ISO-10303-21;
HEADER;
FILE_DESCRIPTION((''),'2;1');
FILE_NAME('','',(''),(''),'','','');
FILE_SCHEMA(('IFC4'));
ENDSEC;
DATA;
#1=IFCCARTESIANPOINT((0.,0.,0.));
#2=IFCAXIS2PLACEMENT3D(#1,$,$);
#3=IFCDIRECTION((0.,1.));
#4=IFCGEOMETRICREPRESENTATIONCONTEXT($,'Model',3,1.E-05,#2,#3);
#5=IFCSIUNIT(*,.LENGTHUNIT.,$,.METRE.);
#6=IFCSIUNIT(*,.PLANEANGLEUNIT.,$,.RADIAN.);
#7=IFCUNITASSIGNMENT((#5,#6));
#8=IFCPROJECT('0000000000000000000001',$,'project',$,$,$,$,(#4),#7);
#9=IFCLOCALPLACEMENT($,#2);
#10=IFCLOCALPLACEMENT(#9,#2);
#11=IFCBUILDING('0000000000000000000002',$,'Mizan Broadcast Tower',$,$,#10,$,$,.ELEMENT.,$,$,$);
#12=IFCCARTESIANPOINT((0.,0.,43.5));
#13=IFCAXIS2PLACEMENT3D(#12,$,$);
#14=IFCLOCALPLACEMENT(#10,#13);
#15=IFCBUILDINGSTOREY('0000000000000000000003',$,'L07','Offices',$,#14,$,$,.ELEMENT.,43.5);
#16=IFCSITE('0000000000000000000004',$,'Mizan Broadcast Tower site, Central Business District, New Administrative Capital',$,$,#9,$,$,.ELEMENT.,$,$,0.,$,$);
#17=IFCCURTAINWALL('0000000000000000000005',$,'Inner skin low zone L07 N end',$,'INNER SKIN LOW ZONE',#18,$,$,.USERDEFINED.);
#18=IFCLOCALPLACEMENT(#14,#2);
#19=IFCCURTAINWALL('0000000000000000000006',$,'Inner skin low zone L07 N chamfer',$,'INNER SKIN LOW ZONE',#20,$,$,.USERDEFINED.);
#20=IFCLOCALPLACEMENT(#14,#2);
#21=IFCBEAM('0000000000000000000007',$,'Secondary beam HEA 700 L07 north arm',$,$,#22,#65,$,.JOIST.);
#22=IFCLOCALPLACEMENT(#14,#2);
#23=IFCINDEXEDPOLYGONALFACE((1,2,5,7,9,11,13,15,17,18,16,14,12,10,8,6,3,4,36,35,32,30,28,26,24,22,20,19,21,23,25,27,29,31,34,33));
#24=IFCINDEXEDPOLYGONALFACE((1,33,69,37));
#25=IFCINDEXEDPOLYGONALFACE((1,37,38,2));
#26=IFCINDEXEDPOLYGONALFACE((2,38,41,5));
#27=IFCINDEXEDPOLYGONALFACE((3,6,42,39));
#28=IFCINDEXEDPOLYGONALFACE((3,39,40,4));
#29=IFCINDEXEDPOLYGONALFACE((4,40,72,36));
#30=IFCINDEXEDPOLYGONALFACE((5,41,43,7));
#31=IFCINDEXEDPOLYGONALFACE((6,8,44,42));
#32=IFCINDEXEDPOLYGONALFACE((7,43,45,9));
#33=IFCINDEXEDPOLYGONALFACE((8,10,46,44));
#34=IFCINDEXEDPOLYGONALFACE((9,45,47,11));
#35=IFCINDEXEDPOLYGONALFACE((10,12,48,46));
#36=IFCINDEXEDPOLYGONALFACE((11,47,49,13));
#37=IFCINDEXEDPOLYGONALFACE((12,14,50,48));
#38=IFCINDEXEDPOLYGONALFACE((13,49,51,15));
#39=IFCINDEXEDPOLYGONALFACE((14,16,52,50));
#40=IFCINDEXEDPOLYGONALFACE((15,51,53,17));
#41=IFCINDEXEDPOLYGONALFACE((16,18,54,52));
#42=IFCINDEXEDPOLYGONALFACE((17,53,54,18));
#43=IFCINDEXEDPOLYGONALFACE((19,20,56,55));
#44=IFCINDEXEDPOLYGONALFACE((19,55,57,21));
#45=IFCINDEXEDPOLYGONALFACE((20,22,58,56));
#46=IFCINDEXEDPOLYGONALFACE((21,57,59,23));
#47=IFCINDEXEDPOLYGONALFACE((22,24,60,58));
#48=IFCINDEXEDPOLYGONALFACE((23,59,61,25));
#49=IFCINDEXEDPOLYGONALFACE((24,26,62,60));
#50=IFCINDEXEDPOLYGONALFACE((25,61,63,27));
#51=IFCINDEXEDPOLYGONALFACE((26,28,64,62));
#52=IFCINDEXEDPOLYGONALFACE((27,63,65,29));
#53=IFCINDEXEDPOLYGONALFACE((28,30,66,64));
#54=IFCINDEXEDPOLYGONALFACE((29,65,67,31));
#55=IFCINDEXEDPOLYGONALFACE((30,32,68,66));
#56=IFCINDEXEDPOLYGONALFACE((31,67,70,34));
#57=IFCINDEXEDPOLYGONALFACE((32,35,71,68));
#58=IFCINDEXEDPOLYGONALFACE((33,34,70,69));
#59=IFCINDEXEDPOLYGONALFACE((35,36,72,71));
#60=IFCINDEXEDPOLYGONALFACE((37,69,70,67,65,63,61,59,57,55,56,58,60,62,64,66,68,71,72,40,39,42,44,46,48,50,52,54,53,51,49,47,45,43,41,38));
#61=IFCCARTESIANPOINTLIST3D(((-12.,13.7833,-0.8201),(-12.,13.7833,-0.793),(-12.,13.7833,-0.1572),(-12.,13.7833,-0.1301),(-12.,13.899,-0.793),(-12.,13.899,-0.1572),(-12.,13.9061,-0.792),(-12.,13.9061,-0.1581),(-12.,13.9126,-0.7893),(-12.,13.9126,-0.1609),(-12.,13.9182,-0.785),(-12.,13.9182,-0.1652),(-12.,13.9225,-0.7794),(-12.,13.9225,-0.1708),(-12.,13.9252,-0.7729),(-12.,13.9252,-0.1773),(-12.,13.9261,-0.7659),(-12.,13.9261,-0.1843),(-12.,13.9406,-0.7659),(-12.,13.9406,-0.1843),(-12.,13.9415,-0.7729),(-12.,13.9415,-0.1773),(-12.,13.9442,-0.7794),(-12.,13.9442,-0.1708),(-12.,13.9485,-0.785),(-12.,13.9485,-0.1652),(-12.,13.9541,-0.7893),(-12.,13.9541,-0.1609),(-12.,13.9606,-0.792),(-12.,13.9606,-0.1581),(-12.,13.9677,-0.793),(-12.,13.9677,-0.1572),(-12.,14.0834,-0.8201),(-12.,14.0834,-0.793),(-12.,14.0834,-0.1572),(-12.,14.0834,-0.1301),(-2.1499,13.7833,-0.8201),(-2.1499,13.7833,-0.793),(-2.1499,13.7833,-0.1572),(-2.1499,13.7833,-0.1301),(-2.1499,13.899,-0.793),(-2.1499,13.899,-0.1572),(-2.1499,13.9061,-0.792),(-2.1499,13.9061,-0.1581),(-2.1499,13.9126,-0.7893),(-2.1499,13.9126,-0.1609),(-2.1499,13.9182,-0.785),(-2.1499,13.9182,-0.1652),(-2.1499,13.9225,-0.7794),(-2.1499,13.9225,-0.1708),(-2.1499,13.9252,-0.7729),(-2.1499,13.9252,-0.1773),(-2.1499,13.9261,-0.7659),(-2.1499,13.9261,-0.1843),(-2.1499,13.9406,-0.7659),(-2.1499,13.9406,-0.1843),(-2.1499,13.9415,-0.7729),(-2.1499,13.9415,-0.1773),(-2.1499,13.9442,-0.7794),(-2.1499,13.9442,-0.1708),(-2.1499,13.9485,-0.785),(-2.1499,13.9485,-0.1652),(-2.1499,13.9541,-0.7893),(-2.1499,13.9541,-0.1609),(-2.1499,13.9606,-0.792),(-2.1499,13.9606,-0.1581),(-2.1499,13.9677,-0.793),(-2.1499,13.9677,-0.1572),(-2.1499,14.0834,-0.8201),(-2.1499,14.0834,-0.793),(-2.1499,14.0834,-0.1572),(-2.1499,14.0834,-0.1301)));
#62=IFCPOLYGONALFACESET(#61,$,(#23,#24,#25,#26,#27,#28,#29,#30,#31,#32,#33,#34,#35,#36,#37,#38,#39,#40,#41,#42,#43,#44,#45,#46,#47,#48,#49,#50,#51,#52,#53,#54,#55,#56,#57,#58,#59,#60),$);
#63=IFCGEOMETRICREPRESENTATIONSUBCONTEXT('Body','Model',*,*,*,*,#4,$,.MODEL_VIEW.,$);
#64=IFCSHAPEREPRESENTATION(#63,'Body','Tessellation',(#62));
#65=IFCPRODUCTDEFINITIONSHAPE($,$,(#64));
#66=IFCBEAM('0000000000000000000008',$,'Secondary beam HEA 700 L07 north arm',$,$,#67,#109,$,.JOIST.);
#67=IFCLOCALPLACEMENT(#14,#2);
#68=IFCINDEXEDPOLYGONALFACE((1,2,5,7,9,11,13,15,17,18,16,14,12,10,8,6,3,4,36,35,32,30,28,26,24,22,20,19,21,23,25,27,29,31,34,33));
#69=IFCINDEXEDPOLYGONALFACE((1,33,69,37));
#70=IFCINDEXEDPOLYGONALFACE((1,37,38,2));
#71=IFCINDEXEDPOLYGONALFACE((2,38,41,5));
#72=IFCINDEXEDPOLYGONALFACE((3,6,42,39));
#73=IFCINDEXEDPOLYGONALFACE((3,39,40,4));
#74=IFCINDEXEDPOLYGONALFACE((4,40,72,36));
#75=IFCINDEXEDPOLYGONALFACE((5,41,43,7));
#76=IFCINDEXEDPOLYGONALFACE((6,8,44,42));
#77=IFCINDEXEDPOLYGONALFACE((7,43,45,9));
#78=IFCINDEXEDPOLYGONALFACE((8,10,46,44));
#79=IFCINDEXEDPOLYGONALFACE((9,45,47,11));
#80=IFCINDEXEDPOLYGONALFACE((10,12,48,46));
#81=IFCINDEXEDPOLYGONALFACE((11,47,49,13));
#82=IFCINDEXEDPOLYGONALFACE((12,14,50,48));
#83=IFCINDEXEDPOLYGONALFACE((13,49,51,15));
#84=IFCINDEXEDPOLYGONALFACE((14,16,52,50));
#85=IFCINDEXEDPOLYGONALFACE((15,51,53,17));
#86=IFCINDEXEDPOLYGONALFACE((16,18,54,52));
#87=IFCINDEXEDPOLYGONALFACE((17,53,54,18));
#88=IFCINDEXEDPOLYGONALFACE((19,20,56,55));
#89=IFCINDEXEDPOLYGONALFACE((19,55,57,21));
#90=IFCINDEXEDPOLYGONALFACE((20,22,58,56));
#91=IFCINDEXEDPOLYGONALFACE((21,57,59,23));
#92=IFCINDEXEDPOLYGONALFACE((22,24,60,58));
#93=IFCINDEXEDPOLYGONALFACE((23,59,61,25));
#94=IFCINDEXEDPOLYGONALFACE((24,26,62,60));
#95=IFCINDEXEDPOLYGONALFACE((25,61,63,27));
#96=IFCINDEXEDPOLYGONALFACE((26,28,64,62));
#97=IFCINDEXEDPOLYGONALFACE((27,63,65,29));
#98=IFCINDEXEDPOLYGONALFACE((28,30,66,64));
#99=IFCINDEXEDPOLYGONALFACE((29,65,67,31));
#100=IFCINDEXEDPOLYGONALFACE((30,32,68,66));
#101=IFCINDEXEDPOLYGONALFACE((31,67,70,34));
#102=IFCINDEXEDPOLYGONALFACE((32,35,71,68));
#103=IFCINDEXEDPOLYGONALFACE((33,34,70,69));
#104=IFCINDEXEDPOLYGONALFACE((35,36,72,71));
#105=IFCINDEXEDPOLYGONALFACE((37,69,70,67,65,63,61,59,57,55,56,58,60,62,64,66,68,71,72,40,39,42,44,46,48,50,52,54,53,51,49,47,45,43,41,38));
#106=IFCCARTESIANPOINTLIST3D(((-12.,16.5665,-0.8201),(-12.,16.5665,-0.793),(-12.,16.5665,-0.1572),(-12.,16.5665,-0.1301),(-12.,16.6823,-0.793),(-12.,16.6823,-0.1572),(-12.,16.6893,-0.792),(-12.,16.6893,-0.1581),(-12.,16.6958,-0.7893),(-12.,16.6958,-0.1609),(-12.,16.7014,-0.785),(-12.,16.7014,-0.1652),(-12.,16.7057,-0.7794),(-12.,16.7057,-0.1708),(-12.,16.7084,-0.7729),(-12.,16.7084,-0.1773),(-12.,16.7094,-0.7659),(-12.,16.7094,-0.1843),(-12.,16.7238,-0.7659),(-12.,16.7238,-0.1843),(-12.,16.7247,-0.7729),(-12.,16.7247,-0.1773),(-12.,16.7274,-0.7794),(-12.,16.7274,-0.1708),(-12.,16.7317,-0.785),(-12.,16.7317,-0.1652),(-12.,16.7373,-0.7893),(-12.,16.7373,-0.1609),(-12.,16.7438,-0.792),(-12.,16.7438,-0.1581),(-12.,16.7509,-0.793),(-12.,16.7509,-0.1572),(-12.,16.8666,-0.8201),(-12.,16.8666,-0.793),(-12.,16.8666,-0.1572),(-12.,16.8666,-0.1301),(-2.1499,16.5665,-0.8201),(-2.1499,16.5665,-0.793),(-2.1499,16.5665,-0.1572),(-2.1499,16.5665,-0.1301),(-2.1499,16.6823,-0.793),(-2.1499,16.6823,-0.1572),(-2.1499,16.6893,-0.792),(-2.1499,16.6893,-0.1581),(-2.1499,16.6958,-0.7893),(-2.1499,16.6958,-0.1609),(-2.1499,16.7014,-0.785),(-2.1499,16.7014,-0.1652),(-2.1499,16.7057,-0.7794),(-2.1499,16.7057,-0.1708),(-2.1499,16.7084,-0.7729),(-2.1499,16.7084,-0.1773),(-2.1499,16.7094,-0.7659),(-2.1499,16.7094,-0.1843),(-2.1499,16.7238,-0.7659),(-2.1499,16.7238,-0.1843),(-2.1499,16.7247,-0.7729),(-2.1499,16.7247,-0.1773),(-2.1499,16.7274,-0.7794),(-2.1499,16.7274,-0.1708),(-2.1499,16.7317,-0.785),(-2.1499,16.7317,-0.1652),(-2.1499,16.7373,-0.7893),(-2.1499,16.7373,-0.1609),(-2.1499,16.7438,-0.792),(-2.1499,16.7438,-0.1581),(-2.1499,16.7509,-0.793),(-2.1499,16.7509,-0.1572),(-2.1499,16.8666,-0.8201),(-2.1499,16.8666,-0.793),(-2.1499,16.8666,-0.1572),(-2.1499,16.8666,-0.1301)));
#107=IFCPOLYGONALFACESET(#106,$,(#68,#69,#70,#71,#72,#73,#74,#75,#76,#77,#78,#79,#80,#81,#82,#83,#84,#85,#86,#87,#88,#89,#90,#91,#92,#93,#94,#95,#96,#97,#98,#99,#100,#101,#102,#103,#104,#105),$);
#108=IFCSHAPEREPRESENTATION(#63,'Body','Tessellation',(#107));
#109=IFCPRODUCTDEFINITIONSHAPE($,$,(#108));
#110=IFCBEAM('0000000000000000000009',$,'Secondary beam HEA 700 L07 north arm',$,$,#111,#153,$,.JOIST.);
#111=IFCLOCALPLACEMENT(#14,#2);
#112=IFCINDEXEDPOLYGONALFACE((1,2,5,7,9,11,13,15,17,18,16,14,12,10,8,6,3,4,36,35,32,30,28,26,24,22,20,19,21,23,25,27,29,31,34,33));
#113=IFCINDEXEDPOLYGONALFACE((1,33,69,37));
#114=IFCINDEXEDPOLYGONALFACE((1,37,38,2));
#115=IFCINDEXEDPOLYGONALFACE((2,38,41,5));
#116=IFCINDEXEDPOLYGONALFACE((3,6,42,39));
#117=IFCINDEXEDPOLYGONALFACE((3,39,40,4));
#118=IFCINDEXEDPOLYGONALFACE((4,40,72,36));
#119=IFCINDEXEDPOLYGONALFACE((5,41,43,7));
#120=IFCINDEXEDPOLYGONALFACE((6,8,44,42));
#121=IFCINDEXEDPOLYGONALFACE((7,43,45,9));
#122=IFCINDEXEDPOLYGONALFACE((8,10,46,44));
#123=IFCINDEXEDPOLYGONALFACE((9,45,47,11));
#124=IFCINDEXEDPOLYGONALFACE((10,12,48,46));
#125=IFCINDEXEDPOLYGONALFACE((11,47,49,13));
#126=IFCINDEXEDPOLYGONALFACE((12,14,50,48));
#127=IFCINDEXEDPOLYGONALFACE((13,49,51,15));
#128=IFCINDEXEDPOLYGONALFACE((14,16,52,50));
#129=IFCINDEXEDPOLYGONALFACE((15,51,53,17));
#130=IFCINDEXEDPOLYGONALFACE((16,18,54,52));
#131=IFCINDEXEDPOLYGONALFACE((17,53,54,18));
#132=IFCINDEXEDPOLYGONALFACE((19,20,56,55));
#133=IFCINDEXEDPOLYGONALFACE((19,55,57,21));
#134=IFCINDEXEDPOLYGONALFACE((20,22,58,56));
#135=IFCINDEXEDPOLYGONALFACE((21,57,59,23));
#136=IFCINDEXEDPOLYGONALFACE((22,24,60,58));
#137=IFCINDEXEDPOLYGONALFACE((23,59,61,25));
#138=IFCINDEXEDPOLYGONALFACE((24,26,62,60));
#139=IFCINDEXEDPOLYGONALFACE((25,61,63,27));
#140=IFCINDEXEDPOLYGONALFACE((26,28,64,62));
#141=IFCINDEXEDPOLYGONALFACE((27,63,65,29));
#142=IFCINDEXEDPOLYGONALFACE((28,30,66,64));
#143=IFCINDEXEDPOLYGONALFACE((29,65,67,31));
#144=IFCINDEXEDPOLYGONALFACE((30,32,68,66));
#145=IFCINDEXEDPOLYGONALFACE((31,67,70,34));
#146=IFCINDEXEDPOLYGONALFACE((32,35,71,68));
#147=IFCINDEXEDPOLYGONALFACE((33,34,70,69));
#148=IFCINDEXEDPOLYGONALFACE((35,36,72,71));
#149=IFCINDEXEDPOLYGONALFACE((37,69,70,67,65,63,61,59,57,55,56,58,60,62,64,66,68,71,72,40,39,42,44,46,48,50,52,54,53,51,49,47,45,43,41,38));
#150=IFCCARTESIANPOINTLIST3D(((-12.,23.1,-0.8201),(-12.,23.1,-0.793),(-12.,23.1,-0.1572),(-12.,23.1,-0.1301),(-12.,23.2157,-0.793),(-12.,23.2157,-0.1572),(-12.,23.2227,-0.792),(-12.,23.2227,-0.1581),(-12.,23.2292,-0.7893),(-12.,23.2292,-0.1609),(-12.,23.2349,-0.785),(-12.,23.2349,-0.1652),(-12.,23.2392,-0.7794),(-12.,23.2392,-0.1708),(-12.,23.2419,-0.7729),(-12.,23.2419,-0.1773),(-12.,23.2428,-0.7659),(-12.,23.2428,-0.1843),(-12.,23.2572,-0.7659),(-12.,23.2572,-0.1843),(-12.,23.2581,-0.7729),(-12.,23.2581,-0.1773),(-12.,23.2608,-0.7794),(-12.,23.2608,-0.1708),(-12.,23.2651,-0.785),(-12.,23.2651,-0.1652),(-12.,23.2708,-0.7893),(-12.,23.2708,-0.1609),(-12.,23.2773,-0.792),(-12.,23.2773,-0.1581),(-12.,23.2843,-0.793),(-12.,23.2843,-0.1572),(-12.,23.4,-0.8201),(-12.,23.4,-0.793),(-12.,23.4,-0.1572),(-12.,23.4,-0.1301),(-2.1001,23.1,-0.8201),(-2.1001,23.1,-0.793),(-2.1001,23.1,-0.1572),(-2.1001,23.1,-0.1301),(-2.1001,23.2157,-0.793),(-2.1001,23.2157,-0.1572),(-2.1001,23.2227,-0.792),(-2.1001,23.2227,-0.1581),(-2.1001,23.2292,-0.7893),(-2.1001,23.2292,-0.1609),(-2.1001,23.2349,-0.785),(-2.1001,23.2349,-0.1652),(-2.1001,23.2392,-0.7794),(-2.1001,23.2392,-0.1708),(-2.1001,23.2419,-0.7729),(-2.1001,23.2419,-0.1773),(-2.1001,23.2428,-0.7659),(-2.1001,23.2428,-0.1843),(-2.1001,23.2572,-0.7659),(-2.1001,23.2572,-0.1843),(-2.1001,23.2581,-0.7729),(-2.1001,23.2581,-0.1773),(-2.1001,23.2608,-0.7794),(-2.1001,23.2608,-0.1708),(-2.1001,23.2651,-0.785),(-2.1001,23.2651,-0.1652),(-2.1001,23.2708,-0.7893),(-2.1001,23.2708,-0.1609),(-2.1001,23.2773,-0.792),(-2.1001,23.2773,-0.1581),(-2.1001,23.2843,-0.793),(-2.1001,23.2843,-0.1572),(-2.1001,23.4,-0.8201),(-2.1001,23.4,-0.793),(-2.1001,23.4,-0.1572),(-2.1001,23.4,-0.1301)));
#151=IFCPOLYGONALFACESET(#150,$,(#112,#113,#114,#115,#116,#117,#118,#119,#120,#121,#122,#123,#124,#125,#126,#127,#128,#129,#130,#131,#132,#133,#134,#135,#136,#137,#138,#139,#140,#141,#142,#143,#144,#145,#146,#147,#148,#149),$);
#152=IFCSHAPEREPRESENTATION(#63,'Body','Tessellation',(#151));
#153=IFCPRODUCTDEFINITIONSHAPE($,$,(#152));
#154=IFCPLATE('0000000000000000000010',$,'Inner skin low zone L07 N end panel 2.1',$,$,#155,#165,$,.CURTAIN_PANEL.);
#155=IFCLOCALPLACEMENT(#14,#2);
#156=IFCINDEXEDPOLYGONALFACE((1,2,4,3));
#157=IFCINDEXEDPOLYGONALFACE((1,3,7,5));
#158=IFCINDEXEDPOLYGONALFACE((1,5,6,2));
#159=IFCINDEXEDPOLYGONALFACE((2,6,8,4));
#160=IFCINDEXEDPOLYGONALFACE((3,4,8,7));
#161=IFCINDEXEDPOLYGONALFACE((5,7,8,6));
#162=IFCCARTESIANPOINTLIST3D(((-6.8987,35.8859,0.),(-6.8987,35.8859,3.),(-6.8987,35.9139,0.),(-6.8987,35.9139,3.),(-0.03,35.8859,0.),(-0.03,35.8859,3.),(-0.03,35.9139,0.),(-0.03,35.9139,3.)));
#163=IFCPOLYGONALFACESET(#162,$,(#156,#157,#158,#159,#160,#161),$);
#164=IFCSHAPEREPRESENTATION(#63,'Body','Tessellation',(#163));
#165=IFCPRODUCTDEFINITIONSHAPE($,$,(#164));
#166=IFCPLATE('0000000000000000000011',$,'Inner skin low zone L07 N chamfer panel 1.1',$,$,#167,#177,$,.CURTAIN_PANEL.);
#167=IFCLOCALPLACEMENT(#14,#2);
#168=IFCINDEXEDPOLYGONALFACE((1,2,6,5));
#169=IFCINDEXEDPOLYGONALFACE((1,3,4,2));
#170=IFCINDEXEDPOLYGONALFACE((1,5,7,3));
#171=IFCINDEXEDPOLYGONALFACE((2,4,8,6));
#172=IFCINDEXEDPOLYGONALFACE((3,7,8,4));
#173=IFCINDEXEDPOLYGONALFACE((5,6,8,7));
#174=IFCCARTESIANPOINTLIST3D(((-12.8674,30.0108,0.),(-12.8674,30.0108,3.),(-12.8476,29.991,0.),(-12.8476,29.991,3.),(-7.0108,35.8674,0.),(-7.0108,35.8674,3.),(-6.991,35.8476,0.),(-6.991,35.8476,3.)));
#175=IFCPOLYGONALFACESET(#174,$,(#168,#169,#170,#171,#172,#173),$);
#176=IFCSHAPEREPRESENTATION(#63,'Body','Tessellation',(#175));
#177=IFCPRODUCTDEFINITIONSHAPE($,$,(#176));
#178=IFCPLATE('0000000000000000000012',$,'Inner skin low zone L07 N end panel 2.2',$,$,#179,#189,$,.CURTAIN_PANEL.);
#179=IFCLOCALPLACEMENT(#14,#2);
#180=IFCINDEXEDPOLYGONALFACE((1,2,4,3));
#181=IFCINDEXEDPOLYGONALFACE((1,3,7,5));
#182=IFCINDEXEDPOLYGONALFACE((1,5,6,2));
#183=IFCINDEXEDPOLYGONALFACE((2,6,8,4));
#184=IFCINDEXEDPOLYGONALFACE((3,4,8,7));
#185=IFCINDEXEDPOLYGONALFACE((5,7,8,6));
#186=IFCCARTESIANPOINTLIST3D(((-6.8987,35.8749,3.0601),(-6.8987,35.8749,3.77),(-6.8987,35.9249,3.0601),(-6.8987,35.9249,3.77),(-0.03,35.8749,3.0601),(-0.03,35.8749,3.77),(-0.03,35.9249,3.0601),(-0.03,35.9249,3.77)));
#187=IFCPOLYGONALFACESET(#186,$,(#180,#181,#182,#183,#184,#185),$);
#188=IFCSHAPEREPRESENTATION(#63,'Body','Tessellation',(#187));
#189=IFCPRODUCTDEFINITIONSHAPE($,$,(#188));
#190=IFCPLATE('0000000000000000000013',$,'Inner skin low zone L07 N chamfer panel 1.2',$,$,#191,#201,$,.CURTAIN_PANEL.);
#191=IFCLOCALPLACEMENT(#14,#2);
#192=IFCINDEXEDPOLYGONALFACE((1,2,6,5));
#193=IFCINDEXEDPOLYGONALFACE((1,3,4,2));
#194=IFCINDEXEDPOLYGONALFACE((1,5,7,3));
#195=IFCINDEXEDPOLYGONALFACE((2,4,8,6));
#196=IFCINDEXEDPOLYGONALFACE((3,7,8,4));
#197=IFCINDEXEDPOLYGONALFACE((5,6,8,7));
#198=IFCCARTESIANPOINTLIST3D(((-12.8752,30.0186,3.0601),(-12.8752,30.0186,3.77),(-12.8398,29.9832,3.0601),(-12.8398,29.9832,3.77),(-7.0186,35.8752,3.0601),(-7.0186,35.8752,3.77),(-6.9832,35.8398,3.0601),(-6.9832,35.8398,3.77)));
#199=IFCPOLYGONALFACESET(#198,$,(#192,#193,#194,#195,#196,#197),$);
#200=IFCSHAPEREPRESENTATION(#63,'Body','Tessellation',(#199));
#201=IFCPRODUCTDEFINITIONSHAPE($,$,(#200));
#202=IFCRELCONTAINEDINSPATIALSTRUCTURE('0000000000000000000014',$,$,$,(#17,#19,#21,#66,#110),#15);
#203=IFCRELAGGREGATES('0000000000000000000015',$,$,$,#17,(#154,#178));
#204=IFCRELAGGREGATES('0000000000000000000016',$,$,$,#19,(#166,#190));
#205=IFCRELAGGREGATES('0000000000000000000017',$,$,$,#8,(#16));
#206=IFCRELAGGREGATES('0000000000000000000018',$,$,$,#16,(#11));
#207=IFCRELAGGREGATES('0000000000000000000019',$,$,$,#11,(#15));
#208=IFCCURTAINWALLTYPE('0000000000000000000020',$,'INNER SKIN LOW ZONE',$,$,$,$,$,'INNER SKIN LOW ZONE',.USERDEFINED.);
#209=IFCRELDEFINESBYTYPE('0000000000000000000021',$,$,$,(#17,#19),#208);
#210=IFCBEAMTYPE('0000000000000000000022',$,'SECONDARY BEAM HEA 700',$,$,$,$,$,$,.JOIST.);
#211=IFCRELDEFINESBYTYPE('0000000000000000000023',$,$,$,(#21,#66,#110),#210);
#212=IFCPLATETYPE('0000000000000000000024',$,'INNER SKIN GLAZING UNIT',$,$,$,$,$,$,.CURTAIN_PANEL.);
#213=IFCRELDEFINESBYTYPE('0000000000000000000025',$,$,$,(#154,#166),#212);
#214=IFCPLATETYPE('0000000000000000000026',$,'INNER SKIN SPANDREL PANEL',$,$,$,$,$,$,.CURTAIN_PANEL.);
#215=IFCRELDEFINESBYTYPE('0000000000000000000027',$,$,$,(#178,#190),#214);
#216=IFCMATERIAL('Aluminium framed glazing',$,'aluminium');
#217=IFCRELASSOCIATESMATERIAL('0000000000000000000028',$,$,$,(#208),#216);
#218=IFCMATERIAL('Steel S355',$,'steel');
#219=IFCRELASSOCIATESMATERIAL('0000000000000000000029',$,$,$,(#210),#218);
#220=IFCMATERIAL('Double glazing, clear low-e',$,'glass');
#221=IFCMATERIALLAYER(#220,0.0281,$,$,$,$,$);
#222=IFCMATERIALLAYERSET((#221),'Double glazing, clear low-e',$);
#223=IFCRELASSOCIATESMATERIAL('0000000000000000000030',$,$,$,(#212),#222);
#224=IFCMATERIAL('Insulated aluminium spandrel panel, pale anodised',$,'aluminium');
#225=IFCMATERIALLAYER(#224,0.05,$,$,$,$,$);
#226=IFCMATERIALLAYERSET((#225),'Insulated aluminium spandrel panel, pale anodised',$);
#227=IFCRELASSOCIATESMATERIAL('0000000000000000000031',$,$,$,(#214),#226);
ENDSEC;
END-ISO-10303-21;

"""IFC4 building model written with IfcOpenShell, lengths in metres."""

from ifc_helpers import new_model, si_unit, direction, frame, origin, origin_2d, place, context, subcontext, project, spatial, rectangle, i_section, extrude, material, layer, layer_set, material_profile, profile_set, type_object, element, aggregate, save


model = new_model("IFC4")

# Units and contexts
model_context = context("Model", 3, precision=1e-05, world=origin(), true_north=direction((0.0, 1.0)))
body_context = subcontext(model_context, "Body", "Model", "MODEL_VIEW")
ifc_project = project(units=[si_unit("LENGTHUNIT", "METRE"), si_unit("PLANEANGLEUNIT", "RADIAN")], contexts=[model_context])

# Site, building, storey
site_placement = place(None, origin())
site = spatial("IfcSite", under=ifc_project, at=site_placement, Name="Mizan Broadcast Tower site, Central Business District, New Administrative Capital", CompositionType="ELEMENT", RefElevation=0.0)
building_placement = place(site_placement, origin())
building = spatial("IfcBuilding", under=site, at=building_placement, Name="Mizan Broadcast Tower", CompositionType="ELEMENT")
storey_placement = place(building_placement, frame((0.0, 0.0, 43.5)))
storey = spatial("IfcBuildingStorey", under=building, at=storey_placement, Name="L07", Description="Offices", CompositionType="ELEMENT", Elevation=43.5)

# Curtain wall
ifc_material_1 = material(Name="Aluminium framed glazing", Category="aluminium")
curtain_wall_type_1 = type_object("IfcCurtainWallType", Name="INNER SKIN LOW ZONE", ElementType="INNER SKIN LOW ZONE", PredefinedType="USERDEFINED", material=ifc_material_1)
curtain_wall_1_placement = place(storey_placement, origin())
curtain_wall_1 = element("IfcCurtainWall", 1, at=curtain_wall_1_placement, inside=storey, type_object=curtain_wall_type_1, Name="Inner skin low zone L07 N end", ObjectType="INNER SKIN LOW ZONE", PredefinedType="USERDEFINED")

# Curtain wall
curtain_wall_2_placement = place(storey_placement, origin())
curtain_wall_2 = element("IfcCurtainWall", 2, at=curtain_wall_2_placement, inside=storey, type_object=curtain_wall_type_1, Name="Inner skin low zone L07 N chamfer", ObjectType="INNER SKIN LOW ZONE", PredefinedType="USERDEFINED")

# Beams
ifc_material_2 = material(Name="Steel S355", Category="steel")
ifc_material_profile_1 = material_profile(ifc_material_2, i_section(OverallWidth=0.3, OverallDepth=0.6899, WebThickness=0.0144, FlangeThickness=0.0271, FilletRadius=0.0271, at=origin_2d()), Name="HEA 700")
ifc_profile_set_1 = profile_set([ifc_material_profile_1], Name="Steel S355")
beam_type_1 = type_object("IfcBeamType", Name="SECONDARY BEAM HEA 700", PredefinedType="JOIST", material=ifc_profile_set_1)
for number, where, z_axis, x_axis, name in (
    (3, (-12.0, 13.9333, -0.4751), (1.0, 0.0, 0.0), (0.0, 1.0, 0.0), "Secondary beam HEA 700 L07 north arm"),
    (4, (-12.0, 16.7166, -0.4751), (1.0, 0.0, 0.0), (0.0, 1.0, 0.0), "Secondary beam HEA 700 L07 north arm"),
):
    element("IfcBeam", number, at=place(storey_placement, frame(where, z_axis=z_axis, x_axis=x_axis)), inside=storey, type_object=beam_type_1, Name=name, PredefinedType="JOIST", context=body_context, shape_type="SweptSolid", body=[
        extrude(i_section(OverallWidth=0.3, OverallDepth=0.6899, WebThickness=0.0144, FlangeThickness=0.0271, FilletRadius=0.0271, at=origin_2d()), origin(), (0.0, 0.0, 1.0), 9.8501),
    ])
beam_1_placement = place(storey_placement, frame((-12.0, 23.25, -0.4751), z_axis=(1.0, 0.0, 0.0), x_axis=(0.0, 1.0, 0.0)))
element("IfcBeam", 5, at=beam_1_placement, inside=storey, type_object=beam_type_1, Name="Secondary beam HEA 700 L07 north arm", PredefinedType="JOIST", context=body_context, shape_type="SweptSolid", body=[
    extrude(i_section(OverallWidth=0.3, OverallDepth=0.6899, WebThickness=0.0144, FlangeThickness=0.0271, FilletRadius=0.0271, at=origin_2d()), origin(), (0.0, 0.0, 1.0), 9.8999),
])

# Plates
ifc_material_3 = material(Name="Double glazing, clear low-e", Category="glass")
ifc_layer_1 = layer(ifc_material_3, 0.0281)
ifc_layer_set_1 = layer_set([ifc_layer_1], Name="Double glazing, clear low-e")
plate_type_1 = type_object("IfcPlateType", Name="INNER SKIN GLAZING UNIT", PredefinedType="CURTAIN_PANEL", material=ifc_layer_set_1)
plate_1_placement = place(storey_placement, frame((-3.4644, 35.8999, 0.0), z_axis=(0.0, 0.0, 1.0), x_axis=(-1.0, 0.0, 0.0)))
plate_1 = element("IfcPlate", 6, at=plate_1_placement, type_object=plate_type_1, Name="Inner skin low zone L07 N end panel 2.1", PredefinedType="CURTAIN_PANEL", context=body_context, shape_type="SweptSolid", body=[
    extrude(rectangle(XDim=6.8687, YDim=0.0281, at=origin_2d()), origin(), (0.0, 0.0, 1.0), 3.0),
])
plate_2_placement = place(storey_placement, frame((-9.9292, 32.9292, 0.0), z_axis=(0.0, 0.0, 1.0), x_axis=(-0.707107, -0.707107, 0.0)))
plate_2 = element("IfcPlate", 7, at=plate_2_placement, type_object=plate_type_1, Name="Inner skin low zone L07 N chamfer panel 1.1", PredefinedType="CURTAIN_PANEL", context=body_context, shape_type="SweptSolid", body=[
    extrude(rectangle(XDim=8.2825, YDim=0.0281, at=origin_2d()), origin(), (0.0, 0.0, 1.0), 3.0),
])
ifc_material_4 = material(Name="Insulated aluminium spandrel panel, pale anodised", Category="aluminium")
ifc_layer_2 = layer(ifc_material_4, 0.05)
ifc_layer_set_2 = layer_set([ifc_layer_2], Name="Insulated aluminium spandrel panel, pale anodised")
plate_type_2 = type_object("IfcPlateType", Name="INNER SKIN SPANDREL PANEL", PredefinedType="CURTAIN_PANEL", material=ifc_layer_set_2)
plate_3_placement = place(storey_placement, frame((-3.4644, 35.8999, 3.0601), z_axis=(0.0, 0.0, 1.0), x_axis=(-1.0, 0.0, 0.0)))
plate_3 = element("IfcPlate", 8, at=plate_3_placement, type_object=plate_type_2, Name="Inner skin low zone L07 N end panel 2.2", PredefinedType="CURTAIN_PANEL", context=body_context, shape_type="SweptSolid", body=[
    extrude(rectangle(XDim=6.8687, YDim=0.05, at=origin_2d()), origin(), (0.0, 0.0, 1.0), 0.71),
])
aggregate(curtain_wall_1, [plate_1, plate_3])
plate_4_placement = place(storey_placement, frame((-9.9292, 32.9292, 3.0601), z_axis=(0.0, 0.0, 1.0), x_axis=(-0.707107, -0.707107, 0.0)))
plate_4 = element("IfcPlate", 9, at=plate_4_placement, type_object=plate_type_2, Name="Inner skin low zone L07 N chamfer panel 1.2", PredefinedType="CURTAIN_PANEL", context=body_context, shape_type="SweptSolid", body=[
    extrude(rectangle(XDim=8.2825, YDim=0.05, at=origin_2d()), origin(), (0.0, 0.0, 1.0), 0.71),
])
aggregate(curtain_wall_2, [plate_2, plate_4])

save(model, "model.ifc")
